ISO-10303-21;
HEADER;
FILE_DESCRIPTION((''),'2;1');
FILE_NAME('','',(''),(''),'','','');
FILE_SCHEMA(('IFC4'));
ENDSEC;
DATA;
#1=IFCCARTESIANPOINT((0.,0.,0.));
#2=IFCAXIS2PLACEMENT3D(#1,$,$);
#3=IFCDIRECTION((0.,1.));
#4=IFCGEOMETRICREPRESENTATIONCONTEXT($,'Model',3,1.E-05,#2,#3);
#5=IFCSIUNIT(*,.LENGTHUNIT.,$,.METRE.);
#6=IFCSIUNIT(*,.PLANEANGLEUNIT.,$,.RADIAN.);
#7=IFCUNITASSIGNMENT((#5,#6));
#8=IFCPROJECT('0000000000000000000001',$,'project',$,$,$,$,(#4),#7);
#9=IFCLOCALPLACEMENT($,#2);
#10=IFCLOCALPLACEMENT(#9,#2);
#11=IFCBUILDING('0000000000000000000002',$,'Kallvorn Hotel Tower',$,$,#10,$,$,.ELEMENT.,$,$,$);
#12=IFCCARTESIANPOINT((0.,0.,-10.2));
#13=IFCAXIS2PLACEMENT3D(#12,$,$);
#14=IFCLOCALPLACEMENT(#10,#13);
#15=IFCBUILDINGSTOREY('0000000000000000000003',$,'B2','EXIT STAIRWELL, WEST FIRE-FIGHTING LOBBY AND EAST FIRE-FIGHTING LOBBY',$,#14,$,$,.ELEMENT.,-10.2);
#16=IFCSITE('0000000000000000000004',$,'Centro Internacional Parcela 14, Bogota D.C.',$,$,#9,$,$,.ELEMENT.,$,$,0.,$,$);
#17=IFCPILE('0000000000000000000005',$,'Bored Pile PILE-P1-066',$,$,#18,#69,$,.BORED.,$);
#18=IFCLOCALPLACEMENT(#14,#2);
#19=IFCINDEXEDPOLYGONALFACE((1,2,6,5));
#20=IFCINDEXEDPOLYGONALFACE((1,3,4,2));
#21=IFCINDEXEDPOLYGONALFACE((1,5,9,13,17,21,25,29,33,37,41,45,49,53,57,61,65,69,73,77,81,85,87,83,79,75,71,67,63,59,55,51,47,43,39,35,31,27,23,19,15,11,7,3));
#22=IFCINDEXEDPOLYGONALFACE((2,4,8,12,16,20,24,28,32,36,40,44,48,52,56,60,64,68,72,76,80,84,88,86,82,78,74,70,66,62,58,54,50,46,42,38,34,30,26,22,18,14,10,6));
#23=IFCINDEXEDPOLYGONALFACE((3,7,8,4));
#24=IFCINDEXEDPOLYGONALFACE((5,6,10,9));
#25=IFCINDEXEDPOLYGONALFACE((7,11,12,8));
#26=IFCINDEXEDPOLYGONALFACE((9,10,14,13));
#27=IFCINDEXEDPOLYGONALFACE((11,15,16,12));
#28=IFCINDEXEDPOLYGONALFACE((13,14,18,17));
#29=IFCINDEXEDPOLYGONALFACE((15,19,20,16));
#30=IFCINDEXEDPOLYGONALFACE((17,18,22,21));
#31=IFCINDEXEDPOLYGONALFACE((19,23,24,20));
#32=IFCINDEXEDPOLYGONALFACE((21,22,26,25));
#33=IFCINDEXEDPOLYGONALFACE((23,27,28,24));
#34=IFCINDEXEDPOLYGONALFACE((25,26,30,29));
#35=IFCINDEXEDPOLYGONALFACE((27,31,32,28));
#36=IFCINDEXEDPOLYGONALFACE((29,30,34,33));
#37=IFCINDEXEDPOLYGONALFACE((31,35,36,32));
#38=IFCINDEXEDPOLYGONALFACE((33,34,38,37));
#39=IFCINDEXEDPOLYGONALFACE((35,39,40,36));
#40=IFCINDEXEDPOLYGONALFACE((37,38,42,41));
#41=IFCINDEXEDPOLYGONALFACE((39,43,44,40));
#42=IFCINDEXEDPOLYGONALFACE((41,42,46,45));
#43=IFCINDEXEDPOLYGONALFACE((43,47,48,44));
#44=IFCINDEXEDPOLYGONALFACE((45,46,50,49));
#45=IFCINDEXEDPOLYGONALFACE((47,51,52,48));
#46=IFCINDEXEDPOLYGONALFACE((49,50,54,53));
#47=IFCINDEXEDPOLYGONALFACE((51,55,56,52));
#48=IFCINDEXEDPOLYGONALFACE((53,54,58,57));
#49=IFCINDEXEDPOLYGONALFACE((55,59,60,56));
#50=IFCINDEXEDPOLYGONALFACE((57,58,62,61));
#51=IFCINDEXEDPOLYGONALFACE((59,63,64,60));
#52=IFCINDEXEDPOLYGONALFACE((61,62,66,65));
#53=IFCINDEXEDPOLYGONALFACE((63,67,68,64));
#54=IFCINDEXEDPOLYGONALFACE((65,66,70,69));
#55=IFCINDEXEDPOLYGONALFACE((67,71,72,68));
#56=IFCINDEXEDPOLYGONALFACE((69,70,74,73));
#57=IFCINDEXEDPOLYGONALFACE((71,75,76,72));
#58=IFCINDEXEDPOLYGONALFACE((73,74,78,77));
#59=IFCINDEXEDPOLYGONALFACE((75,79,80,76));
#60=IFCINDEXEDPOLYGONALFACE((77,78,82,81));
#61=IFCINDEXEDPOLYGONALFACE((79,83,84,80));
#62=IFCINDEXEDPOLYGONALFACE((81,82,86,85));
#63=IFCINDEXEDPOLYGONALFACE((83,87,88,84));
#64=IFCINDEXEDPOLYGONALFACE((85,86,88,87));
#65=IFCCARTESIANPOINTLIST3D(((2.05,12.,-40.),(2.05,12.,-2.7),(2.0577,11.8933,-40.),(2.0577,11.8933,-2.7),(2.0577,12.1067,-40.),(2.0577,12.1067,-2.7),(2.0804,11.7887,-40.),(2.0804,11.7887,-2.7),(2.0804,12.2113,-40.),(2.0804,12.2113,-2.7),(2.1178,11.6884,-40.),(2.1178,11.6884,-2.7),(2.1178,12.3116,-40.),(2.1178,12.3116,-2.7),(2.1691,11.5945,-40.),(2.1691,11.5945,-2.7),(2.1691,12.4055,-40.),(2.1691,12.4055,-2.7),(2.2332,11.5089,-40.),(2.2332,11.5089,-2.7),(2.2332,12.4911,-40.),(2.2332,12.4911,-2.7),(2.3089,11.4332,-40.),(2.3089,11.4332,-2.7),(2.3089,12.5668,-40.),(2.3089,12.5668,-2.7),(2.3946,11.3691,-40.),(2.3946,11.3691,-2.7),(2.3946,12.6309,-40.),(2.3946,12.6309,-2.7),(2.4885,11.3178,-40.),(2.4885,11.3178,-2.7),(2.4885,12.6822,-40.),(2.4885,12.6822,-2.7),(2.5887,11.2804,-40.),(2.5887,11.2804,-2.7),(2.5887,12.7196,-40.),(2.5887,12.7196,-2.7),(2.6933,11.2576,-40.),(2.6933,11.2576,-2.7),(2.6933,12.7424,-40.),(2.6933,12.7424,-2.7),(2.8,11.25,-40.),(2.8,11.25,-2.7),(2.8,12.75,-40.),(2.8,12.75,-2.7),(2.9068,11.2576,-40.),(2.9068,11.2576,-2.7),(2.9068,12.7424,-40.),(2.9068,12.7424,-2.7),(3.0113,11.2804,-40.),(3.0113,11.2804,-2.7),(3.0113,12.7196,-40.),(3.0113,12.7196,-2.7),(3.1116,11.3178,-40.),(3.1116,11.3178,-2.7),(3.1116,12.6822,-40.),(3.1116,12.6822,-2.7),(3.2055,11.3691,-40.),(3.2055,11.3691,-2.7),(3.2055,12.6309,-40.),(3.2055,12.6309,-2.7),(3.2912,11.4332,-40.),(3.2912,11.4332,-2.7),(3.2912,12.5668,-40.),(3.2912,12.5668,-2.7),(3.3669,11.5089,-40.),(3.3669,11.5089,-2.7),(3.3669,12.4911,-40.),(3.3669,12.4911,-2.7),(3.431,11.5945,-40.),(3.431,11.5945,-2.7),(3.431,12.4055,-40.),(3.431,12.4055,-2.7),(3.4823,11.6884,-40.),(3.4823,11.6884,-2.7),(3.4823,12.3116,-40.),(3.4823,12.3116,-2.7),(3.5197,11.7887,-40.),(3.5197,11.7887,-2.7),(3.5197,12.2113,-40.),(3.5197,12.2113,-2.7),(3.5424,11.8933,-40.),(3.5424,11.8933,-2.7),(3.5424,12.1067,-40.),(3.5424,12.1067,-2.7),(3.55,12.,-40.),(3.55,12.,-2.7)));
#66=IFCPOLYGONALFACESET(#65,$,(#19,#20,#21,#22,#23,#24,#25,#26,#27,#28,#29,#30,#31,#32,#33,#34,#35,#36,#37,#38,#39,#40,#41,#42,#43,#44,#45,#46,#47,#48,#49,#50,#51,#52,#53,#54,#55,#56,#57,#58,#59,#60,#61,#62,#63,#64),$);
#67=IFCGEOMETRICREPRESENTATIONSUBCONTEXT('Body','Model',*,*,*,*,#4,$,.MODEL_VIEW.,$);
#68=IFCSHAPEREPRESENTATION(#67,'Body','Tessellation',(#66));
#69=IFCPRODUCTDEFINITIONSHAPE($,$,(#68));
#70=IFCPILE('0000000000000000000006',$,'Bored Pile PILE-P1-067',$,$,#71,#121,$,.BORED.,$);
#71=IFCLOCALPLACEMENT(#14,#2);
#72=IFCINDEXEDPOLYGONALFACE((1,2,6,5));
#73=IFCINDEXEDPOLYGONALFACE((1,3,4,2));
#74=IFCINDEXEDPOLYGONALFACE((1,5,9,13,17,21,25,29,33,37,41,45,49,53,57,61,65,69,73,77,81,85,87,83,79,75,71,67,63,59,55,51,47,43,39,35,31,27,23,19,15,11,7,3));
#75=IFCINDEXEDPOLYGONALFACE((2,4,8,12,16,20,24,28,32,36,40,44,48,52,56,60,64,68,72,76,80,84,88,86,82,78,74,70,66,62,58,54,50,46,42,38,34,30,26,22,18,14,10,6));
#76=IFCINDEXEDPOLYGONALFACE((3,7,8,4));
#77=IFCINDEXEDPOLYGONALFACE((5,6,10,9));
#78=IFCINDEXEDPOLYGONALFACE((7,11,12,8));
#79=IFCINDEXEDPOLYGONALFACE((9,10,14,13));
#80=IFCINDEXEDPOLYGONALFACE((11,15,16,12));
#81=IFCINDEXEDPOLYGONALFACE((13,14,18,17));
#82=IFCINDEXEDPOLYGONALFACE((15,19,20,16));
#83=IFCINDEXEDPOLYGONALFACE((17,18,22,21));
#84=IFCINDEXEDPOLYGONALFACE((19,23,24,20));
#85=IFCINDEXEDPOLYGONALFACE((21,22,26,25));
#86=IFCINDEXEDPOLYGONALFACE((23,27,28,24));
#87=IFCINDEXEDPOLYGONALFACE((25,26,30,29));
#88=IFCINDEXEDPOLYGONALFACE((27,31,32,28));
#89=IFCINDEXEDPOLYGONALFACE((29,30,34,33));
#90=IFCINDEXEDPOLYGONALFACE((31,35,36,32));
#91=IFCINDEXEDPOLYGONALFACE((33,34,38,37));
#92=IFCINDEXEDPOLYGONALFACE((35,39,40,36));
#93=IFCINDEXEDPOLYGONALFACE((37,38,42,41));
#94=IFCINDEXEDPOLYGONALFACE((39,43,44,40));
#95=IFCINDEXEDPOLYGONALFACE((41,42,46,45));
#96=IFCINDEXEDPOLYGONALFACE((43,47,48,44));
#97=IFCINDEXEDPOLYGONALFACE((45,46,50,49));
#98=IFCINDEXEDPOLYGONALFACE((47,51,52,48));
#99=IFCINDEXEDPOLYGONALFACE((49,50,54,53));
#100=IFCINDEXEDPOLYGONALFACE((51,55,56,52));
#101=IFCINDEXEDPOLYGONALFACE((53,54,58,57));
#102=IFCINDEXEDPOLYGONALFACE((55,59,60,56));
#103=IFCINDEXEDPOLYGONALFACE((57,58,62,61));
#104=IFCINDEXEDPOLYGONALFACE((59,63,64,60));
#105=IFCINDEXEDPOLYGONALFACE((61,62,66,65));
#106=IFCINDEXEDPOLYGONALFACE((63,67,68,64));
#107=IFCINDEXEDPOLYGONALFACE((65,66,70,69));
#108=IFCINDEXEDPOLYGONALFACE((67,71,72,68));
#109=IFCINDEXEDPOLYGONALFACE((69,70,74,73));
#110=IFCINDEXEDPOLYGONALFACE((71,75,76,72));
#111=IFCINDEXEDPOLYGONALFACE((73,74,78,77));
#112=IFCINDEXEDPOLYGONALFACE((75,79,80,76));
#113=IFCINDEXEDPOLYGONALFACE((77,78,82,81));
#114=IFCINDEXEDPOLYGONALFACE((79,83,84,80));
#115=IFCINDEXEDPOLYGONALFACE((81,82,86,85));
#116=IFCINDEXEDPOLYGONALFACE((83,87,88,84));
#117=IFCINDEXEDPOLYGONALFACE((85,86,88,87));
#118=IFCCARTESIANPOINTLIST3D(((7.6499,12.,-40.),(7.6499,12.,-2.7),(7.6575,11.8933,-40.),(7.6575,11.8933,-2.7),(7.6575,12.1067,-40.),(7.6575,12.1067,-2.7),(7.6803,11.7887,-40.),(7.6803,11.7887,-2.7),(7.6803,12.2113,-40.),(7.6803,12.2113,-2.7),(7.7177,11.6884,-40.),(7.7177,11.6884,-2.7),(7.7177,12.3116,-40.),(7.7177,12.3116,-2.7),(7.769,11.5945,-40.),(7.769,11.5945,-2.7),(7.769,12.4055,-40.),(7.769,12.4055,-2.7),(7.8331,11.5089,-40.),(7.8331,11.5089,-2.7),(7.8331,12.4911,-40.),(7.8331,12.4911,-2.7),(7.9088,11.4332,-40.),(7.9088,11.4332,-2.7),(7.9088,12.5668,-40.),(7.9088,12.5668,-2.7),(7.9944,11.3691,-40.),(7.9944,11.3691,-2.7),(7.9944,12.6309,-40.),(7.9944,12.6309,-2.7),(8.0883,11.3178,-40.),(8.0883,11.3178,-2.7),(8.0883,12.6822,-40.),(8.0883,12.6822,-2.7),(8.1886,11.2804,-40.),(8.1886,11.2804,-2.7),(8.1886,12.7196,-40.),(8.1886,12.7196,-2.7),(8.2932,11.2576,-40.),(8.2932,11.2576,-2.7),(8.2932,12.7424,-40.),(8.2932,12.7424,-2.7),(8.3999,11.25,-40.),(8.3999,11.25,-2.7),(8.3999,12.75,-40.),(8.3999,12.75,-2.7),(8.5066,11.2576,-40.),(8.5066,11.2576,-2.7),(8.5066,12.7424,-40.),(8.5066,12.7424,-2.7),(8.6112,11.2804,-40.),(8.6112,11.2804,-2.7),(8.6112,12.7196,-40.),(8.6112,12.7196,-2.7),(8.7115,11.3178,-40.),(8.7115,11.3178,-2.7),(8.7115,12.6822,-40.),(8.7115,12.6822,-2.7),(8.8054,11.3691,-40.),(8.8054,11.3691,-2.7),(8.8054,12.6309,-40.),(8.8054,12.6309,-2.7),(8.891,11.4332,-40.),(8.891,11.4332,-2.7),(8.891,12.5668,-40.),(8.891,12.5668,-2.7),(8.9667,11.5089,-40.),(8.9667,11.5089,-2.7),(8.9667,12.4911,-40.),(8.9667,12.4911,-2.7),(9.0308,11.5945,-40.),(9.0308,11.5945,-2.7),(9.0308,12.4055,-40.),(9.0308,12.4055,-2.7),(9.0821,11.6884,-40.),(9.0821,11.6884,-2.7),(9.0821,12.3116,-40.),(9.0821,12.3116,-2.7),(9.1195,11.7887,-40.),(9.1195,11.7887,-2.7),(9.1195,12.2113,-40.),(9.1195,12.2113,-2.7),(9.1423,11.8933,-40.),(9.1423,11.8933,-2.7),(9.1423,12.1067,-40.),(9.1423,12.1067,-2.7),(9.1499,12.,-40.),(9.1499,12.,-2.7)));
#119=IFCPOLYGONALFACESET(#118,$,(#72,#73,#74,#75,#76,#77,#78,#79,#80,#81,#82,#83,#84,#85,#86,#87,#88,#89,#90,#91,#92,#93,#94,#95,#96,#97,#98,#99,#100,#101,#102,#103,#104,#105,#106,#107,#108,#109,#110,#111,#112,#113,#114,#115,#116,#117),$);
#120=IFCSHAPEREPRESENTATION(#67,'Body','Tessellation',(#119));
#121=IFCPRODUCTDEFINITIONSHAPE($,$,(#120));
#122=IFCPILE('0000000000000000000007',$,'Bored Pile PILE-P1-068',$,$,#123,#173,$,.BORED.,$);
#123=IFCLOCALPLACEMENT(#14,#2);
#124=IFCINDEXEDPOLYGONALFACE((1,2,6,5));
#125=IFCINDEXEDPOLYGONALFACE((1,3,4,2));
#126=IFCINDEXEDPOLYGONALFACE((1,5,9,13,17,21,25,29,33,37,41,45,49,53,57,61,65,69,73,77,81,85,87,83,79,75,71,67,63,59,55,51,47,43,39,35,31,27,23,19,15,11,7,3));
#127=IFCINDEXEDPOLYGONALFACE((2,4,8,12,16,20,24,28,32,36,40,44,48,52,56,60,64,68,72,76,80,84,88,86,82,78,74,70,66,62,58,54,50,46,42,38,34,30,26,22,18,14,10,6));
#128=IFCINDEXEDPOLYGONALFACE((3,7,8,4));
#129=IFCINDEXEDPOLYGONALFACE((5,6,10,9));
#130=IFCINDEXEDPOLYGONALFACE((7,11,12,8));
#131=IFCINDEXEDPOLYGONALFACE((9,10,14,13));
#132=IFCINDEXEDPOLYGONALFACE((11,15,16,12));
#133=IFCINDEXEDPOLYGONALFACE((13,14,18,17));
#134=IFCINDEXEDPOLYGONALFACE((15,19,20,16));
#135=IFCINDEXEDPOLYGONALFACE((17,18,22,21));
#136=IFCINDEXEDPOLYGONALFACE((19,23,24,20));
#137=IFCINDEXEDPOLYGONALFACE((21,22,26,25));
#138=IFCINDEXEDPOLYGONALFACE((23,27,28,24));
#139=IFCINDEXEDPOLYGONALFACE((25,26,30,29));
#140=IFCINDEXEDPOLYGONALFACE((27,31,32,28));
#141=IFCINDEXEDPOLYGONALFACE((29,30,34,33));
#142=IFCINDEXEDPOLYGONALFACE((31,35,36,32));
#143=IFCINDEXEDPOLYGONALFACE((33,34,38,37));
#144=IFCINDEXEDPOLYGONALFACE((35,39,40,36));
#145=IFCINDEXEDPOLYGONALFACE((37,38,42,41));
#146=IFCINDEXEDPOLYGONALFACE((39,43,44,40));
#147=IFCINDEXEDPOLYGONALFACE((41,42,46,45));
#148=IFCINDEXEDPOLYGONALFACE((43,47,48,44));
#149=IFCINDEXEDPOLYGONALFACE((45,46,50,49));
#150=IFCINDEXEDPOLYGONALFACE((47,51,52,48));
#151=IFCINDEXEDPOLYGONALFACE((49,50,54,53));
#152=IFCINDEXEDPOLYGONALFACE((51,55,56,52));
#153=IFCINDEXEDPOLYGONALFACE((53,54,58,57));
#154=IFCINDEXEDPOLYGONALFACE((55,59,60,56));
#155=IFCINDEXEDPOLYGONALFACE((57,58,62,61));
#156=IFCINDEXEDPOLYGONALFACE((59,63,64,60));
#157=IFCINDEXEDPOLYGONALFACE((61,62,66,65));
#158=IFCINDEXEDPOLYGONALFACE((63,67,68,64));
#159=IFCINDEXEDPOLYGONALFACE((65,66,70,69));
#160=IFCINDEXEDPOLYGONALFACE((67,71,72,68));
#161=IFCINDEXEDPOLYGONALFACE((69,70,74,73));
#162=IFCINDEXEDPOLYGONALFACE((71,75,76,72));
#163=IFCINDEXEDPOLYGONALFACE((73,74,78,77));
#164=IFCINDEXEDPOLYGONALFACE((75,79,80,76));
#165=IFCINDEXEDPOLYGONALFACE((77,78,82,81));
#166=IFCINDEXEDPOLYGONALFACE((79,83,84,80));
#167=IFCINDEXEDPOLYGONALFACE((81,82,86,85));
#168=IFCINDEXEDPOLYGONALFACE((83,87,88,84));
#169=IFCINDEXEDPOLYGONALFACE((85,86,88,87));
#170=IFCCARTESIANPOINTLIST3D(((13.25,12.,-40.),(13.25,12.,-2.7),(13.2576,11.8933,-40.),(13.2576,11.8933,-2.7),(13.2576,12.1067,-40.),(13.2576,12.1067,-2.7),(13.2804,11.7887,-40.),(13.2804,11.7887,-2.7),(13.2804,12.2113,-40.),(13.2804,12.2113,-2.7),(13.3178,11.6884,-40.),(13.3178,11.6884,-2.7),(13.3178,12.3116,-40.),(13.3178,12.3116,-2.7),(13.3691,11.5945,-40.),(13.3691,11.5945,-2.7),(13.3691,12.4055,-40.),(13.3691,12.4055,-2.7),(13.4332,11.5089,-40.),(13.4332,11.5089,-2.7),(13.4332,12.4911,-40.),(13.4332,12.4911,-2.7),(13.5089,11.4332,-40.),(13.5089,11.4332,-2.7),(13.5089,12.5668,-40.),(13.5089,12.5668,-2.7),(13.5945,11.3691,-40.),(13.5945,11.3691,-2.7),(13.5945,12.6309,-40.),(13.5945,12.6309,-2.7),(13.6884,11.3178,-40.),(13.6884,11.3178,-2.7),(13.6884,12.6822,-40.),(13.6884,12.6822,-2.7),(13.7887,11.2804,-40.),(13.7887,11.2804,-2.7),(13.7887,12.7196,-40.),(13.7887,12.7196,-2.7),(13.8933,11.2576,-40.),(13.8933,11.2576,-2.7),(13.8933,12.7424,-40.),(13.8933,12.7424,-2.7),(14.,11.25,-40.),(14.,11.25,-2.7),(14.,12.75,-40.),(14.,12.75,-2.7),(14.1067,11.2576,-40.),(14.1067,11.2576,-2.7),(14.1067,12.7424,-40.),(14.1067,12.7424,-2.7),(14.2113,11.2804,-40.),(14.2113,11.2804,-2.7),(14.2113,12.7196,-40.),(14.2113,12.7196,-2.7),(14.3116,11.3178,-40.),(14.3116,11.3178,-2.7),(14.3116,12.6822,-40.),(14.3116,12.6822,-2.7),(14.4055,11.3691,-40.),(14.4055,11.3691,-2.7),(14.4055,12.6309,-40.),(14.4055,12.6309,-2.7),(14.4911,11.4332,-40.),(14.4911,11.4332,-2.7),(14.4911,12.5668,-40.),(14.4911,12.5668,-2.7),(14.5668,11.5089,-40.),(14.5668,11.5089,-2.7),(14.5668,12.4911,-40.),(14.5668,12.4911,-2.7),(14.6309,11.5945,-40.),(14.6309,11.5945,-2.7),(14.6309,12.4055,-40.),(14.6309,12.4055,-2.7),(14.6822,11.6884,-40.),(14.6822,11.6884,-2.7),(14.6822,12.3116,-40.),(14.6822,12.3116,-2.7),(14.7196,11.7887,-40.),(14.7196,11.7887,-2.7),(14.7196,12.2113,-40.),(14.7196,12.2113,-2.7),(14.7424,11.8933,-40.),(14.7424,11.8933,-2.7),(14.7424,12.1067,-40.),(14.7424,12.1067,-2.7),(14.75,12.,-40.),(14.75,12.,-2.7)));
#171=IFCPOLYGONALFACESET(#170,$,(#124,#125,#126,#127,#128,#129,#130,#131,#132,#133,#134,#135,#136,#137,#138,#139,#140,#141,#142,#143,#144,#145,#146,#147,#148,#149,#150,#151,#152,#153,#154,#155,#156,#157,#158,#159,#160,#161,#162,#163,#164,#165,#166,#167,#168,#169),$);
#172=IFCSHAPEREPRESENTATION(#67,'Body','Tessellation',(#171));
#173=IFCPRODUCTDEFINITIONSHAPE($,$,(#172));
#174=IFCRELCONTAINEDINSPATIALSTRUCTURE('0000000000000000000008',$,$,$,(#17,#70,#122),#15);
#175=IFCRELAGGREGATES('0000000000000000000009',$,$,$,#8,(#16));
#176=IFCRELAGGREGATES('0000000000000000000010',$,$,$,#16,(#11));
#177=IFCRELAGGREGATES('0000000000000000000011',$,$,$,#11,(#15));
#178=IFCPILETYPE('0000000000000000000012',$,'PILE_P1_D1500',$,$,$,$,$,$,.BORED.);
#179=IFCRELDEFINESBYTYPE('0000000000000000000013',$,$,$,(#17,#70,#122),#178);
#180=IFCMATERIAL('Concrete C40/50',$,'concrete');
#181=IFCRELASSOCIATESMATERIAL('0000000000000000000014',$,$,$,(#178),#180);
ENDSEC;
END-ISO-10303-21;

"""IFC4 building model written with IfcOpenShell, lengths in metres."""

from ifc_helpers import new_model, si_unit, direction, frame, origin, origin_2d, place, context, subcontext, project, spatial, circle, extrude, material, material_profile, profile_set, type_object, element, save


model = new_model("IFC4")

# Units and contexts
model_context = context("Model", 3, precision=1e-05, world=origin(), true_north=direction((0.0, 1.0)))
body_context = subcontext(model_context, "Body", "Model", "MODEL_VIEW")
ifc_project = project(units=[si_unit("LENGTHUNIT", "METRE"), si_unit("PLANEANGLEUNIT", "RADIAN")], contexts=[model_context])

# Site, building, storey
site_placement = place(None, origin())
site = spatial("IfcSite", under=ifc_project, at=site_placement, Name="Centro Internacional Parcela 14, Bogota D.C.", CompositionType="ELEMENT", RefElevation=0.0)
building_placement = place(site_placement, origin())
building = spatial("IfcBuilding", under=site, at=building_placement, Name="Kallvorn Hotel Tower", CompositionType="ELEMENT")
storey_placement = place(building_placement, frame((0.0, 0.0, -10.2)))
storey = spatial("IfcBuildingStorey", under=building, at=storey_placement, Name="B2", Description="EXIT STAIRWELL, WEST FIRE-FIGHTING LOBBY AND EAST FIRE-FIGHTING LOBBY", CompositionType="ELEMENT", Elevation=-10.2)

# Piles
ifc_material_1 = material(Name="Concrete C40/50", Category="concrete")
ifc_material_profile_1 = material_profile(ifc_material_1, circle(Radius=0.75, at=origin_2d()), Name="PILE D1500")
ifc_profile_set_1 = profile_set([ifc_material_profile_1], Name="Concrete C40/50")
pile_type = type_object("IfcPileType", Name="PILE_P1_D1500", PredefinedType="BORED", material=ifc_profile_set_1)
for number, where, z_axis, x_axis, name in (
    (1, (2.8, 12.0, -2.7), (0.0, 0.0, -1.0), (1.0, 0.0, 0.0), "Bored Pile PILE-P1-066"),
    (2, (8.3999, 12.0, -2.7), (0.0, 0.0, -1.0), (1.0, 0.0, 0.0), "Bored Pile PILE-P1-067"),
    (3, (14.0, 12.0, -2.7), (0.0, 0.0, -1.0), (1.0, 0.0, 0.0), "Bored Pile PILE-P1-068"),
):
    element("IfcPile", number, at=place(storey_placement, frame(where, z_axis=z_axis, x_axis=x_axis)), inside=storey, type_object=pile_type, Name=name, PredefinedType="BORED", context=body_context, shape_type="SweptSolid", body=[
        extrude(circle(Radius=0.75, at=origin_2d()), origin(), (0.0, 0.0, 1.0), 37.3),
    ])

save(model, "model.ifc")
